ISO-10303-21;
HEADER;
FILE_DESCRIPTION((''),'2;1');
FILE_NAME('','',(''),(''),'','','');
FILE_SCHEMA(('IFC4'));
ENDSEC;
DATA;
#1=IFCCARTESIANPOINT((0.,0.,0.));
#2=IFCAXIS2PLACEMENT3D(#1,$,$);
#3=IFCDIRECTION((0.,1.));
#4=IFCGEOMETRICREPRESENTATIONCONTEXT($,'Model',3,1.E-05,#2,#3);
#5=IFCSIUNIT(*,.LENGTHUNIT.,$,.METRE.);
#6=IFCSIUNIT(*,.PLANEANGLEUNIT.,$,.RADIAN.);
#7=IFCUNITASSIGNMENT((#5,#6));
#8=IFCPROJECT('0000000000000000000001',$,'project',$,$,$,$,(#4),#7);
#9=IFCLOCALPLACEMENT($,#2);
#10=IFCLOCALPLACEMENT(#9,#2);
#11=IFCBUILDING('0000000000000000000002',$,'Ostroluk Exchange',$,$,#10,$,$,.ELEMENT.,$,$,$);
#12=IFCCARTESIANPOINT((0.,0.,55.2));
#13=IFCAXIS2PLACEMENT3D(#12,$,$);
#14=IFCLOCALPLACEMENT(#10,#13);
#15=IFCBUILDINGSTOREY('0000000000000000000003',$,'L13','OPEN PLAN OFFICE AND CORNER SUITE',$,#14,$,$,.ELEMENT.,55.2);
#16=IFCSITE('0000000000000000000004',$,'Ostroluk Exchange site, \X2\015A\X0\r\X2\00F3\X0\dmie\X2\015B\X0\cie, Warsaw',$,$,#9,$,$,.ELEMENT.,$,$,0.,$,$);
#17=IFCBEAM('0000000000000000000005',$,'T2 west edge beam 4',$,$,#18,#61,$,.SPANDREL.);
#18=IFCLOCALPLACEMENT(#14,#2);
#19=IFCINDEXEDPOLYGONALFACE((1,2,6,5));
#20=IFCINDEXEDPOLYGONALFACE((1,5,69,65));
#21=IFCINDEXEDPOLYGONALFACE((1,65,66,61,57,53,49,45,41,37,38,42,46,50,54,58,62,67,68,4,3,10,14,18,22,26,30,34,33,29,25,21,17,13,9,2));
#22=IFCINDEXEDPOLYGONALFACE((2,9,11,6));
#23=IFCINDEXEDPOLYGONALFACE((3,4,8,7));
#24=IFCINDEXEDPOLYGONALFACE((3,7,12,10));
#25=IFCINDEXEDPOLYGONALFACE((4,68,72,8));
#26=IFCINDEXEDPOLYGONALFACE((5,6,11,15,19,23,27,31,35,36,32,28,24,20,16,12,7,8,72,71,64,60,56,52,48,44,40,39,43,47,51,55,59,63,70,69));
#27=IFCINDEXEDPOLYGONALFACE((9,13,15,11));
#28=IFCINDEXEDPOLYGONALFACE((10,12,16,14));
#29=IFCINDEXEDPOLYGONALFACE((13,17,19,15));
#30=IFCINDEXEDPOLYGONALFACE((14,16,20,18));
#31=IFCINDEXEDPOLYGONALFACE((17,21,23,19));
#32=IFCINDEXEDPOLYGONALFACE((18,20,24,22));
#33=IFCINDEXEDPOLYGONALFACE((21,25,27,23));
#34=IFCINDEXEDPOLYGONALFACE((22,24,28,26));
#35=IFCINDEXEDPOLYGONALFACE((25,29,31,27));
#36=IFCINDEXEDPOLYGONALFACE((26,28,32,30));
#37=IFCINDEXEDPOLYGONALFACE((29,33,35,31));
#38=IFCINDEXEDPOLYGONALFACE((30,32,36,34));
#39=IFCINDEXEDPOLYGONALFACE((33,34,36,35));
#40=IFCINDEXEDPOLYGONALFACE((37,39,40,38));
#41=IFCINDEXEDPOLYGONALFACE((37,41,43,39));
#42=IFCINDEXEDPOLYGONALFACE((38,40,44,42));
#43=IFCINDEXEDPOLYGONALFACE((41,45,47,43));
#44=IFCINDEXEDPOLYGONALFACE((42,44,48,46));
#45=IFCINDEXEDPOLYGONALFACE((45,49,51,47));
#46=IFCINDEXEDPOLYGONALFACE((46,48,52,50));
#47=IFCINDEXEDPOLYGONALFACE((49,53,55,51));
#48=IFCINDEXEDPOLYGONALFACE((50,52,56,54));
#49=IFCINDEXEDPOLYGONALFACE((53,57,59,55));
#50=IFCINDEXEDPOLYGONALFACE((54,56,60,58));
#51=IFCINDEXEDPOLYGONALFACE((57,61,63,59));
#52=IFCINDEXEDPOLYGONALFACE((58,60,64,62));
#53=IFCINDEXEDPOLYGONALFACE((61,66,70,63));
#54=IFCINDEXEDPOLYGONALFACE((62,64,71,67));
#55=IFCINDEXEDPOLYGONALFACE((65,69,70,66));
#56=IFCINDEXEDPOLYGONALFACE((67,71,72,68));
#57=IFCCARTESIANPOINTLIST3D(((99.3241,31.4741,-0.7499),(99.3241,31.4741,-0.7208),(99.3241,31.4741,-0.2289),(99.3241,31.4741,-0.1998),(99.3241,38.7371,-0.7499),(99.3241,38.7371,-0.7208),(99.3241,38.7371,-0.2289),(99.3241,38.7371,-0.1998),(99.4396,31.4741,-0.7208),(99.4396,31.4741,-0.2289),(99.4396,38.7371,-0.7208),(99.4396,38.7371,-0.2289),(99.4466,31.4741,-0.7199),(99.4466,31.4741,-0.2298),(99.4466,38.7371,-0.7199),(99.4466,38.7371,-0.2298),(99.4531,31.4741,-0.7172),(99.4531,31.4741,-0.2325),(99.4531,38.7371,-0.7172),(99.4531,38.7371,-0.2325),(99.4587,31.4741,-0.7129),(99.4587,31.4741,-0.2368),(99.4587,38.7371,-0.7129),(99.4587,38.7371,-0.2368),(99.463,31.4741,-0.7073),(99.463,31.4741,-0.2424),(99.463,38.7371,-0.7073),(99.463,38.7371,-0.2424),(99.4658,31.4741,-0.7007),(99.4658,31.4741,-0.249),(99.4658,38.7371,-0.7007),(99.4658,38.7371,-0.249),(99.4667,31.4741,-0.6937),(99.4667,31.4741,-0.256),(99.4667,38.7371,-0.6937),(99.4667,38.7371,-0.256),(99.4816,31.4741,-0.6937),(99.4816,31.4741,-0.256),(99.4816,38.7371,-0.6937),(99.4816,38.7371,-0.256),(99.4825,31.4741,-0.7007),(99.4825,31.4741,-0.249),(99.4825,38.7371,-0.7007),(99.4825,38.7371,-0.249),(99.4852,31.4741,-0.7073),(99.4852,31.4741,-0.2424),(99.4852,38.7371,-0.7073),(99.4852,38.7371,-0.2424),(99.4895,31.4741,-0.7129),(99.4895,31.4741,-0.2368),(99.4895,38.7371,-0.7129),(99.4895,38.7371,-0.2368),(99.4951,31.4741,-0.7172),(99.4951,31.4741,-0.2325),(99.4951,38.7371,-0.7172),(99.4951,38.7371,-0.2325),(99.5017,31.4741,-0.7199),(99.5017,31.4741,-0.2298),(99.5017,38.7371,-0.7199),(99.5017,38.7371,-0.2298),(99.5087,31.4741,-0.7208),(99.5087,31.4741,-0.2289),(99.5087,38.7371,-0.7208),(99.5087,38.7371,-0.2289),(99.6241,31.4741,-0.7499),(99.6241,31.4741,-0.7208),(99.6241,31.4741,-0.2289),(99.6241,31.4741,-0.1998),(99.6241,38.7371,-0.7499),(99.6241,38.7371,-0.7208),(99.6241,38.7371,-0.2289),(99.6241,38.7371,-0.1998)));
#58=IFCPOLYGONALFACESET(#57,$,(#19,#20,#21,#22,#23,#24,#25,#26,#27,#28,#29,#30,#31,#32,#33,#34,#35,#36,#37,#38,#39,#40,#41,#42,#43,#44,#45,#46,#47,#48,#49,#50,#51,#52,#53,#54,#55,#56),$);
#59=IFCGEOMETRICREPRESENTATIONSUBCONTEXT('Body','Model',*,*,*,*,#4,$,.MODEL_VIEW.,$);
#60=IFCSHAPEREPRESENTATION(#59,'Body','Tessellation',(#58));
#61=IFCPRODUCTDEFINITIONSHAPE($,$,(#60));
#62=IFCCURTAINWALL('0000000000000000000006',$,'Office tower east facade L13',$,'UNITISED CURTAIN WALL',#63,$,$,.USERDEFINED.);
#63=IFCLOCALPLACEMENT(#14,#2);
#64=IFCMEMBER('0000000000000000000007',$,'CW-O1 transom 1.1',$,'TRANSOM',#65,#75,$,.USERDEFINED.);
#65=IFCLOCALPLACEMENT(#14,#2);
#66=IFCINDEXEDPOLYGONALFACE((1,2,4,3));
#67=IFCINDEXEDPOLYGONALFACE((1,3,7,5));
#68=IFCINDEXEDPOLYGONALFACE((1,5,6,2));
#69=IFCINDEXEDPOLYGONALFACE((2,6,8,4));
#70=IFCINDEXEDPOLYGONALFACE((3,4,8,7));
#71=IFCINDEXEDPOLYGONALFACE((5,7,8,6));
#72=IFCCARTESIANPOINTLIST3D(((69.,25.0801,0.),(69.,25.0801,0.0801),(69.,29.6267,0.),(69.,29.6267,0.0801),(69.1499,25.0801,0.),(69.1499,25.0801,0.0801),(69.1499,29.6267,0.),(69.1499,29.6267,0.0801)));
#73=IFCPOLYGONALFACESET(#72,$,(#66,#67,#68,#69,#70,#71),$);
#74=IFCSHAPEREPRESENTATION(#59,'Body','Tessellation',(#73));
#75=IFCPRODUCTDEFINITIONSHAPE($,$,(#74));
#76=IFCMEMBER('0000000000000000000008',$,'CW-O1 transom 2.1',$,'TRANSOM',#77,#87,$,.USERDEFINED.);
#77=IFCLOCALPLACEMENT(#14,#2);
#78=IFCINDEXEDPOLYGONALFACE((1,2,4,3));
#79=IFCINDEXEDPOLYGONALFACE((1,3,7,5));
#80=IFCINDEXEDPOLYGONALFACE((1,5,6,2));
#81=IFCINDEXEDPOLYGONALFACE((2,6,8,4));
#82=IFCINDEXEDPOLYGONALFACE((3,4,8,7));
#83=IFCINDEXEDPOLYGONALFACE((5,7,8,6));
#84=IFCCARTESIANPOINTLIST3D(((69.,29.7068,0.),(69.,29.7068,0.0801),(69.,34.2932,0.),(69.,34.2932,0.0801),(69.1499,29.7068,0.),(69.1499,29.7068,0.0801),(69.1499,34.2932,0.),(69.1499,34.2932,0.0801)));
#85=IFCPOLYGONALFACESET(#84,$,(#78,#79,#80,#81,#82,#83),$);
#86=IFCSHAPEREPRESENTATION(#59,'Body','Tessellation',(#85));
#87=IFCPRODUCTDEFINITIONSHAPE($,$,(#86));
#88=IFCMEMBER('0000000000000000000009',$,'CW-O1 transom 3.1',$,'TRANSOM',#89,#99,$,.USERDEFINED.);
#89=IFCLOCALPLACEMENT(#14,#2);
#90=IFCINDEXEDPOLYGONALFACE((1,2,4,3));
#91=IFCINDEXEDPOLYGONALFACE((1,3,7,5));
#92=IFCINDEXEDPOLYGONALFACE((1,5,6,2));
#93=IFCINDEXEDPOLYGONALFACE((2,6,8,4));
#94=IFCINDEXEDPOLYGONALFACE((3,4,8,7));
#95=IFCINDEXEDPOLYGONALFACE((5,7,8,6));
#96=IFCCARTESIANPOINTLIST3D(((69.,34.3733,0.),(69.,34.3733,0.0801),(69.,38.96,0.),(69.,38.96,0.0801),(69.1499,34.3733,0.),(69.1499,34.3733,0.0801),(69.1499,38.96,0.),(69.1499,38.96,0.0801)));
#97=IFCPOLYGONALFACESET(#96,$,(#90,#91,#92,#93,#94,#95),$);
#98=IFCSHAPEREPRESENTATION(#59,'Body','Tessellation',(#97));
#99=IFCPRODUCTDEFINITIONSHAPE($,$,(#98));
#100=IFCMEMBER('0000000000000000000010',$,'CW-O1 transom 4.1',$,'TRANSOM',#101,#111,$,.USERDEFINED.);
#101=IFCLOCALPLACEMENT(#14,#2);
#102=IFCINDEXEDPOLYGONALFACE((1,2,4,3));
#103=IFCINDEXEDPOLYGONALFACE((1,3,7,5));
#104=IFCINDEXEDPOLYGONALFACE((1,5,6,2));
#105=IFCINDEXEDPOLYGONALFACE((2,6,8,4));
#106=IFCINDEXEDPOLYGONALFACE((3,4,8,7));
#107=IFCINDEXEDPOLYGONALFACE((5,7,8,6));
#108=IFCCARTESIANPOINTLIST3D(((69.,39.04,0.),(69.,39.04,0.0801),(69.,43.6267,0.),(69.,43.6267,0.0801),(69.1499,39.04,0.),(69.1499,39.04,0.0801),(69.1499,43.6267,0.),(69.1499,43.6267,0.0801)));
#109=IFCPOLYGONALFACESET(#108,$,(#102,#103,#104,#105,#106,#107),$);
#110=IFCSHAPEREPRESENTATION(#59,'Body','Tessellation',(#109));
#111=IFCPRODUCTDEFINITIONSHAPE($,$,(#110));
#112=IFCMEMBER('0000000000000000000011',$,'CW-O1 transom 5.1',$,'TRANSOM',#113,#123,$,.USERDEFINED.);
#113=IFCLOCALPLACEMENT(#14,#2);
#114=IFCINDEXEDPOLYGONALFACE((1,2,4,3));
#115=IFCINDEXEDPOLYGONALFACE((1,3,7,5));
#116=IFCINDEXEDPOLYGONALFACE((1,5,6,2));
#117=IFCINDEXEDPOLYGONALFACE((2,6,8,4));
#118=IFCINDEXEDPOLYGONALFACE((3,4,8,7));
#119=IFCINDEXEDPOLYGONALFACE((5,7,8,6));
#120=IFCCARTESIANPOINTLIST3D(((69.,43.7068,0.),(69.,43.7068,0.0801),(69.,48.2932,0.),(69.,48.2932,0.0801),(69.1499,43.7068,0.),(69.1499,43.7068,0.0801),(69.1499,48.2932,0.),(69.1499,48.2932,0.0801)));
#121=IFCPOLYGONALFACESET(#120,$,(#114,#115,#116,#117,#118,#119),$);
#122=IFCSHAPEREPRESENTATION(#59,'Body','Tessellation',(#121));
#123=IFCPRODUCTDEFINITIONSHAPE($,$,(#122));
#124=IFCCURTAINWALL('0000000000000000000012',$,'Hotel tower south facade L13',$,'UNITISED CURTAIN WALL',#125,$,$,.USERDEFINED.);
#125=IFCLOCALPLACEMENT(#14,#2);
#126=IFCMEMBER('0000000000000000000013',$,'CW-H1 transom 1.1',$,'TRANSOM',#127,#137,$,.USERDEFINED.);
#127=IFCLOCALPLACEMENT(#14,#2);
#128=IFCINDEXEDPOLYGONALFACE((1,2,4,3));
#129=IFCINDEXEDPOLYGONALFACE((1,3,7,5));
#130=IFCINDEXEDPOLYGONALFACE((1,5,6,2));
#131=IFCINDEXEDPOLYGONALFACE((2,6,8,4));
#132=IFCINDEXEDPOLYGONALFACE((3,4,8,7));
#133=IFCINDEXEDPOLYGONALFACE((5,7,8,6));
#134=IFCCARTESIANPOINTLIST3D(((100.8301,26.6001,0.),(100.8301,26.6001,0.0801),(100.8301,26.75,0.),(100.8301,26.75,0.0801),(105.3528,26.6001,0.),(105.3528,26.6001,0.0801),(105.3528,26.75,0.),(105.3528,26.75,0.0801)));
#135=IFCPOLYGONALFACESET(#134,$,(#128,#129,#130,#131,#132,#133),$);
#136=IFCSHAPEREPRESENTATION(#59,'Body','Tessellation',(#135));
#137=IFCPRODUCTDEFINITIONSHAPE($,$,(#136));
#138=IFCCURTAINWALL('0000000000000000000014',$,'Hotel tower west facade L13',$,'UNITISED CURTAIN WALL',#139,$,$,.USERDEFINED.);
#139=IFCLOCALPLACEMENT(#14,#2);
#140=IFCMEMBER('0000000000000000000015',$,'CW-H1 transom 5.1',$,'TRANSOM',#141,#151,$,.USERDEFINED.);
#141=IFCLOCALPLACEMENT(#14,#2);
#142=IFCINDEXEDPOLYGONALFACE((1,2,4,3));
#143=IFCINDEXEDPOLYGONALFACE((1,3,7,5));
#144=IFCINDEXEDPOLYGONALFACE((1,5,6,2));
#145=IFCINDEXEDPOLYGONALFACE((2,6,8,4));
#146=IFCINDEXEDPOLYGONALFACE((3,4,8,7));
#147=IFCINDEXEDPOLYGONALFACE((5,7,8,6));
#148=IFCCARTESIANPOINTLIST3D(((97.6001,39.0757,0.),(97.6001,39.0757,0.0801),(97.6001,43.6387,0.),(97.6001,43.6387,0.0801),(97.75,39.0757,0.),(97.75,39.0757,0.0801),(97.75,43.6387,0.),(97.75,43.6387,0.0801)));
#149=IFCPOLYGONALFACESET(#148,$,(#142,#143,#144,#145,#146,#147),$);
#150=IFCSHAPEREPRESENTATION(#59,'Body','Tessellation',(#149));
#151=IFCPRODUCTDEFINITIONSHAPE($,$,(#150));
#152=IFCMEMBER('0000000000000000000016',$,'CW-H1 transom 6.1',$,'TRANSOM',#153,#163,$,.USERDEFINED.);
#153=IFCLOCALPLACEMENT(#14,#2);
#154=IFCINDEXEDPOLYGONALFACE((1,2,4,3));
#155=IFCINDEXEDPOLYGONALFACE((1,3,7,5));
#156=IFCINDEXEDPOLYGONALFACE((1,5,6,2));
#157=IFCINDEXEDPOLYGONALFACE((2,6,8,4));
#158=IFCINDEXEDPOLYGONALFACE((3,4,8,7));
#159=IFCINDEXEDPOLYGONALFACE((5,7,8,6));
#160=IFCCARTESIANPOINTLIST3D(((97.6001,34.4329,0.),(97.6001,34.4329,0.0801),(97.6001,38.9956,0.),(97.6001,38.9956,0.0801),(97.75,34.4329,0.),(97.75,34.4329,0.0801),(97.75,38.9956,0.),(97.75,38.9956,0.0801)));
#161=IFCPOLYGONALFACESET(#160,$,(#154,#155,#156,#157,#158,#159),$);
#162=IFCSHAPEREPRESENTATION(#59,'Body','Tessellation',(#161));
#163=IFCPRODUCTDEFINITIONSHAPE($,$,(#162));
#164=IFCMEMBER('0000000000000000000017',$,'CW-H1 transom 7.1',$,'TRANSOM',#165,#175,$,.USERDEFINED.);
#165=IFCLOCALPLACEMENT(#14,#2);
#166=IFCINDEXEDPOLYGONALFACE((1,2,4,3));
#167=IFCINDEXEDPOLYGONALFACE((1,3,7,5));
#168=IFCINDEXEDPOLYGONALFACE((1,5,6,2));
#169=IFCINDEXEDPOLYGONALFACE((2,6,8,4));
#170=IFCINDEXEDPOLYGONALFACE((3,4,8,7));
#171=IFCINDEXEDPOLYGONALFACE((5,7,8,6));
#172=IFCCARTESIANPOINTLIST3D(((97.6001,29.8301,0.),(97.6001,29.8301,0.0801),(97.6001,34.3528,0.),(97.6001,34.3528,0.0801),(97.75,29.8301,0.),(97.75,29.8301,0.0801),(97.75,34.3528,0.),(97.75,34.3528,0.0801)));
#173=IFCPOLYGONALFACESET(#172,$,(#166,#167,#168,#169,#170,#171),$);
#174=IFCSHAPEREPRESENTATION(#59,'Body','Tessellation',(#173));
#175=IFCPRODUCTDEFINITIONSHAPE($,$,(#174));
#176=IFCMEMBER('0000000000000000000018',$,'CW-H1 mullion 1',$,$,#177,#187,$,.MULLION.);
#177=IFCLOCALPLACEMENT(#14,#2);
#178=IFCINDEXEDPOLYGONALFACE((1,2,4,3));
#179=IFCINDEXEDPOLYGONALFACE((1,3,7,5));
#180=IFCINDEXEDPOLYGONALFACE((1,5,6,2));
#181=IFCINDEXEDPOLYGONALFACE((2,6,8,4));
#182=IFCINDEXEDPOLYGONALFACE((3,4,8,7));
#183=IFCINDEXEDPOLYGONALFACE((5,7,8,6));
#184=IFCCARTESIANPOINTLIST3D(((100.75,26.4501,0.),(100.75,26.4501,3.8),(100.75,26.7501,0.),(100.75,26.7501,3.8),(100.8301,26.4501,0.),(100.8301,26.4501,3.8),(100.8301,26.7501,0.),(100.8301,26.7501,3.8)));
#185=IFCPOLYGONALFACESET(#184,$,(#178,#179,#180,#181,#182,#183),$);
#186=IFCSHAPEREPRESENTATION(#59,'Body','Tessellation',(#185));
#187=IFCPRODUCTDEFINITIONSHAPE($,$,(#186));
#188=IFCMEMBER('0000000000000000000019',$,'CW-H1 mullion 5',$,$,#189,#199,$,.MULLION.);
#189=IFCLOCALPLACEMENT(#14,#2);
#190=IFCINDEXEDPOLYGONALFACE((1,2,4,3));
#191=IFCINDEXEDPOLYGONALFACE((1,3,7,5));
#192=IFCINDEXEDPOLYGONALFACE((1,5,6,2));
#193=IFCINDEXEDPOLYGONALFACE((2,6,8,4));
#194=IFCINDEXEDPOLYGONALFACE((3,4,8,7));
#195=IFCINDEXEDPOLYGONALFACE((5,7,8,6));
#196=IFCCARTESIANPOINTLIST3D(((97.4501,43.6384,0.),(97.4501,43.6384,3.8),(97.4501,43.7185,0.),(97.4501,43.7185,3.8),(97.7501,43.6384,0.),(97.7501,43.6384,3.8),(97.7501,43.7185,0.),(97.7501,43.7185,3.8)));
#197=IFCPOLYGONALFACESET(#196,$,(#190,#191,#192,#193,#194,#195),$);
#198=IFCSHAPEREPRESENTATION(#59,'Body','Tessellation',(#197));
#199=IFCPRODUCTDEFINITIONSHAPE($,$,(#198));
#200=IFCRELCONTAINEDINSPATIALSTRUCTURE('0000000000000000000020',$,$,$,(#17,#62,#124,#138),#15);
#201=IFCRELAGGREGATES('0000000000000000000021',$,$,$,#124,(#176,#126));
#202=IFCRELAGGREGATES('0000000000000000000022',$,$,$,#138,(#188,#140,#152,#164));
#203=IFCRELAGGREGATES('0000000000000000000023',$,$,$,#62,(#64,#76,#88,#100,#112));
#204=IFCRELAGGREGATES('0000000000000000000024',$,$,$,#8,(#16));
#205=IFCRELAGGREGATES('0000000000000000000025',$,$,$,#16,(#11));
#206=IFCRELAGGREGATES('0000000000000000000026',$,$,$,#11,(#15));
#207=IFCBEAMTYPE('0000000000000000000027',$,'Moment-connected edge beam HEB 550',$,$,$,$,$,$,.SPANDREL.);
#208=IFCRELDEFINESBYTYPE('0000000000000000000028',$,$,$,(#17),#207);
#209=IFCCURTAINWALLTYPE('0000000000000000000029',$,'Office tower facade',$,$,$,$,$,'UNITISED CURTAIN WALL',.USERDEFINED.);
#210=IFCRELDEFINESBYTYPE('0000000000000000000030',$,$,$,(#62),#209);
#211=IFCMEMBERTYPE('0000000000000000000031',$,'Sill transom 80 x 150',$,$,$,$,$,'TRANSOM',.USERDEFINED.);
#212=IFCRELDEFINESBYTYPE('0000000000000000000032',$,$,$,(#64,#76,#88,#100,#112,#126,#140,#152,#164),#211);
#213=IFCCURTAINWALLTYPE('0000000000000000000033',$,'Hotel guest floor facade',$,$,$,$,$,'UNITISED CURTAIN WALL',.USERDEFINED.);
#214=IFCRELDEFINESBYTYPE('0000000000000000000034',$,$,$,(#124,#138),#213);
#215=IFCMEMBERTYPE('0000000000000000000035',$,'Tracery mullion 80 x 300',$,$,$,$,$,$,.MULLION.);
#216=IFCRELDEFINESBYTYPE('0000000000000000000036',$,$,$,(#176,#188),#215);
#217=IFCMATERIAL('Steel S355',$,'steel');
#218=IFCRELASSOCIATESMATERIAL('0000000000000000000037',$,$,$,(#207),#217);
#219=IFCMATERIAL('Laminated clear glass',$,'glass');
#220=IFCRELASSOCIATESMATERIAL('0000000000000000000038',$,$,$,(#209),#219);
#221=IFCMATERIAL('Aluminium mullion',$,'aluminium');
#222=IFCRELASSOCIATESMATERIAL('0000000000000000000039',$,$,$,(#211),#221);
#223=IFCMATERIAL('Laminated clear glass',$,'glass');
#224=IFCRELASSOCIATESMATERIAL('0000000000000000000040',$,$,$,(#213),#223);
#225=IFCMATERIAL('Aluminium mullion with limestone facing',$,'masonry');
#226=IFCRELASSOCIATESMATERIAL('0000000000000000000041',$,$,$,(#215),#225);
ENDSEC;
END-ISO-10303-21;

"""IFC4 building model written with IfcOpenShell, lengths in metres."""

from ifc_helpers import new_model, si_unit, direction, frame, origin, origin_2d, place, context, subcontext, project, spatial, rectangle, i_section, extrude, material, material_profile, profile_set, type_object, element, aggregate, save


model = new_model("IFC4")

# Units and contexts
model_context = context("Model", 3, precision=1e-05, world=origin(), true_north=direction((0.0, 1.0)))
body_context = subcontext(model_context, "Body", "Model", "MODEL_VIEW")
ifc_project = project(units=[si_unit("LENGTHUNIT", "METRE"), si_unit("PLANEANGLEUNIT", "RADIAN")], contexts=[model_context])

# Site, building, storey
site_placement = place(None, origin())
site = spatial("IfcSite", under=ifc_project, at=site_placement, Name="Ostroluk Exchange site, Śródmieście, Warsaw", CompositionType="ELEMENT", RefElevation=0.0)
building_placement = place(site_placement, origin())
building = spatial("IfcBuilding", under=site, at=building_placement, Name="Ostroluk Exchange", CompositionType="ELEMENT")
storey_placement = place(building_placement, frame((0.0, 0.0, 55.2)))
storey = spatial("IfcBuildingStorey", under=building, at=storey_placement, Name="L13", Description="OPEN PLAN OFFICE AND CORNER SUITE", CompositionType="ELEMENT", Elevation=55.2)

# Beam
ifc_material_1 = material(Name="Steel S355", Category="steel")
ifc_material_profile_1 = material_profile(ifc_material_1, i_section(OverallWidth=0.3, OverallDepth=0.55, WebThickness=0.0149, FlangeThickness=0.0291, FilletRadius=0.0271, at=origin_2d()), Name="HEB 550")
ifc_profile_set_1 = profile_set([ifc_material_profile_1], Name="Steel S355")
beam_type_1 = type_object("IfcBeamType", Name="Moment-connected edge beam HEB 550", PredefinedType="SPANDREL", material=ifc_profile_set_1)
beam_placement = place(storey_placement, frame((99.4741, 38.7371, -0.4749), z_axis=(0.0, -1.0, 0.0), x_axis=(1.0, 0.0, 0.0)))
element("IfcBeam", 1, at=beam_placement, inside=storey, type_object=beam_type_1, Name="T2 west edge beam 4", PredefinedType="SPANDREL", context=body_context, shape_type="SweptSolid", body=[
    extrude(i_section(OverallWidth=0.3, OverallDepth=0.55, WebThickness=0.0149, FlangeThickness=0.0291, FilletRadius=0.0271, at=origin_2d()), origin(), (0.0, 0.0, 1.0), 7.2629),
])

# Curtain wall, members
ifc_material_2 = material(Name="Laminated clear glass", Category="glass")
curtain_wall_type_1 = type_object("IfcCurtainWallType", Name="Office tower facade", ElementType="UNITISED CURTAIN WALL", PredefinedType="USERDEFINED", material=ifc_material_2)
curtain_wall_1_placement = place(storey_placement, origin())
curtain_wall_1 = element("IfcCurtainWall", 2, at=curtain_wall_1_placement, inside=storey, type_object=curtain_wall_type_1, Name="Office tower east facade L13", ObjectType="UNITISED CURTAIN WALL", PredefinedType="USERDEFINED")
ifc_material_3 = material(Name="Aluminium mullion", Category="aluminium")
ifc_material_profile_2 = material_profile(ifc_material_3, rectangle(XDim=0.1499, YDim=0.0801, at=origin_2d()), Name="Sill transom 80 x 150")
ifc_profile_set_2 = profile_set([ifc_material_profile_2], Name="Aluminium mullion")
member_type_1 = type_object("IfcMemberType", Name="Sill transom 80 x 150", ElementType="TRANSOM", PredefinedType="USERDEFINED", material=ifc_profile_set_2)
member_1_placement = place(storey_placement, frame((69.075, 25.0801, 0.04), z_axis=(0.0, 1.0, 0.0), x_axis=(-1.0, 0.0, 0.0)))
member_1 = element("IfcMember", 3, at=member_1_placement, type_object=member_type_1, Name="CW-O1 transom 1.1", ObjectType="TRANSOM", PredefinedType="USERDEFINED", context=body_context, shape_type="SweptSolid", body=[
    extrude(rectangle(XDim=0.1499, YDim=0.0801, at=origin_2d()), origin(), (0.0, 0.0, 1.0), 4.5466),
])
member_2_placement = place(storey_placement, frame((69.075, 29.7068, 0.04), z_axis=(0.0, 1.0, 0.0), x_axis=(-1.0, 0.0, 0.0)))
member_2 = element("IfcMember", 4, at=member_2_placement, type_object=member_type_1, Name="CW-O1 transom 2.1", ObjectType="TRANSOM", PredefinedType="USERDEFINED", context=body_context, shape_type="SweptSolid", body=[
    extrude(rectangle(XDim=0.1499, YDim=0.0801, at=origin_2d()), origin(), (0.0, 0.0, 1.0), 4.5864),
])
member_3_placement = place(storey_placement, frame((69.075, 34.3733, 0.04), z_axis=(0.0, 1.0, 0.0), x_axis=(-1.0, 0.0, 0.0)))
member_3 = element("IfcMember", 5, at=member_3_placement, type_object=member_type_1, Name="CW-O1 transom 3.1", ObjectType="TRANSOM", PredefinedType="USERDEFINED", context=body_context, shape_type="SweptSolid", body=[
    extrude(rectangle(XDim=0.1499, YDim=0.0801, at=origin_2d()), origin(), (0.0, 0.0, 1.0), 4.5867),
])
member_4_placement = place(storey_placement, frame((69.075, 39.04, 0.04), z_axis=(0.0, 1.0, 0.0), x_axis=(-1.0, 0.0, 0.0)))
member_4 = element("IfcMember", 6, at=member_4_placement, type_object=member_type_1, Name="CW-O1 transom 4.1", ObjectType="TRANSOM", PredefinedType="USERDEFINED", context=body_context, shape_type="SweptSolid", body=[
    extrude(rectangle(XDim=0.1499, YDim=0.0801, at=origin_2d()), origin(), (0.0, 0.0, 1.0), 4.5867),
])
member_5_placement = place(storey_placement, frame((69.075, 43.7068, 0.04), z_axis=(0.0, 1.0, 0.0), x_axis=(-1.0, 0.0, 0.0)))
member_5 = element("IfcMember", 7, at=member_5_placement, type_object=member_type_1, Name="CW-O1 transom 5.1", ObjectType="TRANSOM", PredefinedType="USERDEFINED", context=body_context, shape_type="SweptSolid", body=[
    extrude(rectangle(XDim=0.1499, YDim=0.0801, at=origin_2d()), origin(), (0.0, 0.0, 1.0), 4.5864),
])

# Curtain wall, member
ifc_material_4 = material(Name="Laminated clear glass", Category="glass")
curtain_wall_type_2 = type_object("IfcCurtainWallType", Name="Hotel guest floor facade", ElementType="UNITISED CURTAIN WALL", PredefinedType="USERDEFINED", material=ifc_material_4)
curtain_wall_2_placement = place(storey_placement, origin())
curtain_wall_2 = element("IfcCurtainWall", 8, at=curtain_wall_2_placement, inside=storey, type_object=curtain_wall_type_2, Name="Hotel tower south facade L13", ObjectType="UNITISED CURTAIN WALL", PredefinedType="USERDEFINED")
member_6_placement = place(storey_placement, frame((100.8301, 26.675, 0.04), z_axis=(1.0, 0.0, 0.0), x_axis=(0.0, 1.0, 0.0)))
member_6 = element("IfcMember", 9, at=member_6_placement, type_object=member_type_1, Name="CW-H1 transom 1.1", ObjectType="TRANSOM", PredefinedType="USERDEFINED", context=body_context, shape_type="SweptSolid", body=[
    extrude(rectangle(XDim=0.1499, YDim=0.0801, at=origin_2d()), origin(), (0.0, 0.0, 1.0), 4.5227),
])

# Curtain wall, members
curtain_wall_3_placement = place(storey_placement, origin())
curtain_wall_3 = element("IfcCurtainWall", 10, at=curtain_wall_3_placement, inside=storey, type_object=curtain_wall_type_2, Name="Hotel tower west facade L13", ObjectType="UNITISED CURTAIN WALL", PredefinedType="USERDEFINED")
member_7_placement = place(storey_placement, frame((97.675, 43.6387, 0.04), z_axis=(0.0, -1.0, 0.0), x_axis=(1.0, 0.0, 0.0)))
member_7 = element("IfcMember", 11, at=member_7_placement, type_object=member_type_1, Name="CW-H1 transom 5.1", ObjectType="TRANSOM", PredefinedType="USERDEFINED", context=body_context, shape_type="SweptSolid", body=[
    extrude(rectangle(XDim=0.1499, YDim=0.0801, at=origin_2d()), origin(), (0.0, 0.0, 1.0), 4.563),
])
member_8_placement = place(storey_placement, frame((97.675, 38.9956, 0.04), z_axis=(0.0, -1.0, 0.0), x_axis=(1.0, 0.0, 0.0)))
member_8 = element("IfcMember", 12, at=member_8_placement, type_object=member_type_1, Name="CW-H1 transom 6.1", ObjectType="TRANSOM", PredefinedType="USERDEFINED", context=body_context, shape_type="SweptSolid", body=[
    extrude(rectangle(XDim=0.1499, YDim=0.0801, at=origin_2d()), origin(), (0.0, 0.0, 1.0), 4.5627),
])
member_9_placement = place(storey_placement, frame((97.675, 34.3528, 0.04), z_axis=(0.0, -1.0, 0.0), x_axis=(1.0, 0.0, 0.0)))
member_9 = element("IfcMember", 13, at=member_9_placement, type_object=member_type_1, Name="CW-H1 transom 7.1", ObjectType="TRANSOM", PredefinedType="USERDEFINED", context=body_context, shape_type="SweptSolid", body=[
    extrude(rectangle(XDim=0.1499, YDim=0.0801, at=origin_2d()), origin(), (0.0, 0.0, 1.0), 4.5227),
])

# Members
ifc_material_5 = material(Name="Aluminium mullion with limestone facing", Category="masonry")
ifc_material_profile_3 = material_profile(ifc_material_5, rectangle(XDim=0.3, YDim=0.0801, at=origin_2d()), Name="Tracery mullion 80 x 300")
ifc_profile_set_3 = profile_set([ifc_material_profile_3], Name="Aluminium mullion with limestone facing")
member_type_2 = type_object("IfcMemberType", Name="Tracery mullion 80 x 300", PredefinedType="MULLION", material=ifc_profile_set_3)
member_10_placement = place(storey_placement, frame((100.79, 26.6001, 0.0), z_axis=(0.0, 0.0, 1.0), x_axis=(0.0, 1.0, 0.0)))
member_10 = element("IfcMember", 14, at=member_10_placement, type_object=member_type_2, Name="CW-H1 mullion 1", PredefinedType="MULLION", context=body_context, shape_type="SweptSolid", body=[
    extrude(rectangle(XDim=0.3, YDim=0.0801, at=origin_2d()), origin(), (0.0, 0.0, 1.0), 3.8),
])
aggregate(curtain_wall_2, [member_10, member_6])
member_11_placement = place(storey_placement, frame((97.6001, 43.6785, 0.0), z_axis=(0.0, 0.0, 1.0), x_axis=(1.0, 0.0, 0.0)))
member_11 = element("IfcMember", 15, at=member_11_placement, type_object=member_type_2, Name="CW-H1 mullion 5", PredefinedType="MULLION", context=body_context, shape_type="SweptSolid", body=[
    extrude(rectangle(XDim=0.3, YDim=0.0801, at=origin_2d()), origin(), (0.0, 0.0, 1.0), 3.8),
])

aggregate(curtain_wall_3, [member_11, member_7, member_8, member_9])
aggregate(curtain_wall_1, [member_1, member_2, member_3, member_4, member_5])

save(model, "model.ifc")
